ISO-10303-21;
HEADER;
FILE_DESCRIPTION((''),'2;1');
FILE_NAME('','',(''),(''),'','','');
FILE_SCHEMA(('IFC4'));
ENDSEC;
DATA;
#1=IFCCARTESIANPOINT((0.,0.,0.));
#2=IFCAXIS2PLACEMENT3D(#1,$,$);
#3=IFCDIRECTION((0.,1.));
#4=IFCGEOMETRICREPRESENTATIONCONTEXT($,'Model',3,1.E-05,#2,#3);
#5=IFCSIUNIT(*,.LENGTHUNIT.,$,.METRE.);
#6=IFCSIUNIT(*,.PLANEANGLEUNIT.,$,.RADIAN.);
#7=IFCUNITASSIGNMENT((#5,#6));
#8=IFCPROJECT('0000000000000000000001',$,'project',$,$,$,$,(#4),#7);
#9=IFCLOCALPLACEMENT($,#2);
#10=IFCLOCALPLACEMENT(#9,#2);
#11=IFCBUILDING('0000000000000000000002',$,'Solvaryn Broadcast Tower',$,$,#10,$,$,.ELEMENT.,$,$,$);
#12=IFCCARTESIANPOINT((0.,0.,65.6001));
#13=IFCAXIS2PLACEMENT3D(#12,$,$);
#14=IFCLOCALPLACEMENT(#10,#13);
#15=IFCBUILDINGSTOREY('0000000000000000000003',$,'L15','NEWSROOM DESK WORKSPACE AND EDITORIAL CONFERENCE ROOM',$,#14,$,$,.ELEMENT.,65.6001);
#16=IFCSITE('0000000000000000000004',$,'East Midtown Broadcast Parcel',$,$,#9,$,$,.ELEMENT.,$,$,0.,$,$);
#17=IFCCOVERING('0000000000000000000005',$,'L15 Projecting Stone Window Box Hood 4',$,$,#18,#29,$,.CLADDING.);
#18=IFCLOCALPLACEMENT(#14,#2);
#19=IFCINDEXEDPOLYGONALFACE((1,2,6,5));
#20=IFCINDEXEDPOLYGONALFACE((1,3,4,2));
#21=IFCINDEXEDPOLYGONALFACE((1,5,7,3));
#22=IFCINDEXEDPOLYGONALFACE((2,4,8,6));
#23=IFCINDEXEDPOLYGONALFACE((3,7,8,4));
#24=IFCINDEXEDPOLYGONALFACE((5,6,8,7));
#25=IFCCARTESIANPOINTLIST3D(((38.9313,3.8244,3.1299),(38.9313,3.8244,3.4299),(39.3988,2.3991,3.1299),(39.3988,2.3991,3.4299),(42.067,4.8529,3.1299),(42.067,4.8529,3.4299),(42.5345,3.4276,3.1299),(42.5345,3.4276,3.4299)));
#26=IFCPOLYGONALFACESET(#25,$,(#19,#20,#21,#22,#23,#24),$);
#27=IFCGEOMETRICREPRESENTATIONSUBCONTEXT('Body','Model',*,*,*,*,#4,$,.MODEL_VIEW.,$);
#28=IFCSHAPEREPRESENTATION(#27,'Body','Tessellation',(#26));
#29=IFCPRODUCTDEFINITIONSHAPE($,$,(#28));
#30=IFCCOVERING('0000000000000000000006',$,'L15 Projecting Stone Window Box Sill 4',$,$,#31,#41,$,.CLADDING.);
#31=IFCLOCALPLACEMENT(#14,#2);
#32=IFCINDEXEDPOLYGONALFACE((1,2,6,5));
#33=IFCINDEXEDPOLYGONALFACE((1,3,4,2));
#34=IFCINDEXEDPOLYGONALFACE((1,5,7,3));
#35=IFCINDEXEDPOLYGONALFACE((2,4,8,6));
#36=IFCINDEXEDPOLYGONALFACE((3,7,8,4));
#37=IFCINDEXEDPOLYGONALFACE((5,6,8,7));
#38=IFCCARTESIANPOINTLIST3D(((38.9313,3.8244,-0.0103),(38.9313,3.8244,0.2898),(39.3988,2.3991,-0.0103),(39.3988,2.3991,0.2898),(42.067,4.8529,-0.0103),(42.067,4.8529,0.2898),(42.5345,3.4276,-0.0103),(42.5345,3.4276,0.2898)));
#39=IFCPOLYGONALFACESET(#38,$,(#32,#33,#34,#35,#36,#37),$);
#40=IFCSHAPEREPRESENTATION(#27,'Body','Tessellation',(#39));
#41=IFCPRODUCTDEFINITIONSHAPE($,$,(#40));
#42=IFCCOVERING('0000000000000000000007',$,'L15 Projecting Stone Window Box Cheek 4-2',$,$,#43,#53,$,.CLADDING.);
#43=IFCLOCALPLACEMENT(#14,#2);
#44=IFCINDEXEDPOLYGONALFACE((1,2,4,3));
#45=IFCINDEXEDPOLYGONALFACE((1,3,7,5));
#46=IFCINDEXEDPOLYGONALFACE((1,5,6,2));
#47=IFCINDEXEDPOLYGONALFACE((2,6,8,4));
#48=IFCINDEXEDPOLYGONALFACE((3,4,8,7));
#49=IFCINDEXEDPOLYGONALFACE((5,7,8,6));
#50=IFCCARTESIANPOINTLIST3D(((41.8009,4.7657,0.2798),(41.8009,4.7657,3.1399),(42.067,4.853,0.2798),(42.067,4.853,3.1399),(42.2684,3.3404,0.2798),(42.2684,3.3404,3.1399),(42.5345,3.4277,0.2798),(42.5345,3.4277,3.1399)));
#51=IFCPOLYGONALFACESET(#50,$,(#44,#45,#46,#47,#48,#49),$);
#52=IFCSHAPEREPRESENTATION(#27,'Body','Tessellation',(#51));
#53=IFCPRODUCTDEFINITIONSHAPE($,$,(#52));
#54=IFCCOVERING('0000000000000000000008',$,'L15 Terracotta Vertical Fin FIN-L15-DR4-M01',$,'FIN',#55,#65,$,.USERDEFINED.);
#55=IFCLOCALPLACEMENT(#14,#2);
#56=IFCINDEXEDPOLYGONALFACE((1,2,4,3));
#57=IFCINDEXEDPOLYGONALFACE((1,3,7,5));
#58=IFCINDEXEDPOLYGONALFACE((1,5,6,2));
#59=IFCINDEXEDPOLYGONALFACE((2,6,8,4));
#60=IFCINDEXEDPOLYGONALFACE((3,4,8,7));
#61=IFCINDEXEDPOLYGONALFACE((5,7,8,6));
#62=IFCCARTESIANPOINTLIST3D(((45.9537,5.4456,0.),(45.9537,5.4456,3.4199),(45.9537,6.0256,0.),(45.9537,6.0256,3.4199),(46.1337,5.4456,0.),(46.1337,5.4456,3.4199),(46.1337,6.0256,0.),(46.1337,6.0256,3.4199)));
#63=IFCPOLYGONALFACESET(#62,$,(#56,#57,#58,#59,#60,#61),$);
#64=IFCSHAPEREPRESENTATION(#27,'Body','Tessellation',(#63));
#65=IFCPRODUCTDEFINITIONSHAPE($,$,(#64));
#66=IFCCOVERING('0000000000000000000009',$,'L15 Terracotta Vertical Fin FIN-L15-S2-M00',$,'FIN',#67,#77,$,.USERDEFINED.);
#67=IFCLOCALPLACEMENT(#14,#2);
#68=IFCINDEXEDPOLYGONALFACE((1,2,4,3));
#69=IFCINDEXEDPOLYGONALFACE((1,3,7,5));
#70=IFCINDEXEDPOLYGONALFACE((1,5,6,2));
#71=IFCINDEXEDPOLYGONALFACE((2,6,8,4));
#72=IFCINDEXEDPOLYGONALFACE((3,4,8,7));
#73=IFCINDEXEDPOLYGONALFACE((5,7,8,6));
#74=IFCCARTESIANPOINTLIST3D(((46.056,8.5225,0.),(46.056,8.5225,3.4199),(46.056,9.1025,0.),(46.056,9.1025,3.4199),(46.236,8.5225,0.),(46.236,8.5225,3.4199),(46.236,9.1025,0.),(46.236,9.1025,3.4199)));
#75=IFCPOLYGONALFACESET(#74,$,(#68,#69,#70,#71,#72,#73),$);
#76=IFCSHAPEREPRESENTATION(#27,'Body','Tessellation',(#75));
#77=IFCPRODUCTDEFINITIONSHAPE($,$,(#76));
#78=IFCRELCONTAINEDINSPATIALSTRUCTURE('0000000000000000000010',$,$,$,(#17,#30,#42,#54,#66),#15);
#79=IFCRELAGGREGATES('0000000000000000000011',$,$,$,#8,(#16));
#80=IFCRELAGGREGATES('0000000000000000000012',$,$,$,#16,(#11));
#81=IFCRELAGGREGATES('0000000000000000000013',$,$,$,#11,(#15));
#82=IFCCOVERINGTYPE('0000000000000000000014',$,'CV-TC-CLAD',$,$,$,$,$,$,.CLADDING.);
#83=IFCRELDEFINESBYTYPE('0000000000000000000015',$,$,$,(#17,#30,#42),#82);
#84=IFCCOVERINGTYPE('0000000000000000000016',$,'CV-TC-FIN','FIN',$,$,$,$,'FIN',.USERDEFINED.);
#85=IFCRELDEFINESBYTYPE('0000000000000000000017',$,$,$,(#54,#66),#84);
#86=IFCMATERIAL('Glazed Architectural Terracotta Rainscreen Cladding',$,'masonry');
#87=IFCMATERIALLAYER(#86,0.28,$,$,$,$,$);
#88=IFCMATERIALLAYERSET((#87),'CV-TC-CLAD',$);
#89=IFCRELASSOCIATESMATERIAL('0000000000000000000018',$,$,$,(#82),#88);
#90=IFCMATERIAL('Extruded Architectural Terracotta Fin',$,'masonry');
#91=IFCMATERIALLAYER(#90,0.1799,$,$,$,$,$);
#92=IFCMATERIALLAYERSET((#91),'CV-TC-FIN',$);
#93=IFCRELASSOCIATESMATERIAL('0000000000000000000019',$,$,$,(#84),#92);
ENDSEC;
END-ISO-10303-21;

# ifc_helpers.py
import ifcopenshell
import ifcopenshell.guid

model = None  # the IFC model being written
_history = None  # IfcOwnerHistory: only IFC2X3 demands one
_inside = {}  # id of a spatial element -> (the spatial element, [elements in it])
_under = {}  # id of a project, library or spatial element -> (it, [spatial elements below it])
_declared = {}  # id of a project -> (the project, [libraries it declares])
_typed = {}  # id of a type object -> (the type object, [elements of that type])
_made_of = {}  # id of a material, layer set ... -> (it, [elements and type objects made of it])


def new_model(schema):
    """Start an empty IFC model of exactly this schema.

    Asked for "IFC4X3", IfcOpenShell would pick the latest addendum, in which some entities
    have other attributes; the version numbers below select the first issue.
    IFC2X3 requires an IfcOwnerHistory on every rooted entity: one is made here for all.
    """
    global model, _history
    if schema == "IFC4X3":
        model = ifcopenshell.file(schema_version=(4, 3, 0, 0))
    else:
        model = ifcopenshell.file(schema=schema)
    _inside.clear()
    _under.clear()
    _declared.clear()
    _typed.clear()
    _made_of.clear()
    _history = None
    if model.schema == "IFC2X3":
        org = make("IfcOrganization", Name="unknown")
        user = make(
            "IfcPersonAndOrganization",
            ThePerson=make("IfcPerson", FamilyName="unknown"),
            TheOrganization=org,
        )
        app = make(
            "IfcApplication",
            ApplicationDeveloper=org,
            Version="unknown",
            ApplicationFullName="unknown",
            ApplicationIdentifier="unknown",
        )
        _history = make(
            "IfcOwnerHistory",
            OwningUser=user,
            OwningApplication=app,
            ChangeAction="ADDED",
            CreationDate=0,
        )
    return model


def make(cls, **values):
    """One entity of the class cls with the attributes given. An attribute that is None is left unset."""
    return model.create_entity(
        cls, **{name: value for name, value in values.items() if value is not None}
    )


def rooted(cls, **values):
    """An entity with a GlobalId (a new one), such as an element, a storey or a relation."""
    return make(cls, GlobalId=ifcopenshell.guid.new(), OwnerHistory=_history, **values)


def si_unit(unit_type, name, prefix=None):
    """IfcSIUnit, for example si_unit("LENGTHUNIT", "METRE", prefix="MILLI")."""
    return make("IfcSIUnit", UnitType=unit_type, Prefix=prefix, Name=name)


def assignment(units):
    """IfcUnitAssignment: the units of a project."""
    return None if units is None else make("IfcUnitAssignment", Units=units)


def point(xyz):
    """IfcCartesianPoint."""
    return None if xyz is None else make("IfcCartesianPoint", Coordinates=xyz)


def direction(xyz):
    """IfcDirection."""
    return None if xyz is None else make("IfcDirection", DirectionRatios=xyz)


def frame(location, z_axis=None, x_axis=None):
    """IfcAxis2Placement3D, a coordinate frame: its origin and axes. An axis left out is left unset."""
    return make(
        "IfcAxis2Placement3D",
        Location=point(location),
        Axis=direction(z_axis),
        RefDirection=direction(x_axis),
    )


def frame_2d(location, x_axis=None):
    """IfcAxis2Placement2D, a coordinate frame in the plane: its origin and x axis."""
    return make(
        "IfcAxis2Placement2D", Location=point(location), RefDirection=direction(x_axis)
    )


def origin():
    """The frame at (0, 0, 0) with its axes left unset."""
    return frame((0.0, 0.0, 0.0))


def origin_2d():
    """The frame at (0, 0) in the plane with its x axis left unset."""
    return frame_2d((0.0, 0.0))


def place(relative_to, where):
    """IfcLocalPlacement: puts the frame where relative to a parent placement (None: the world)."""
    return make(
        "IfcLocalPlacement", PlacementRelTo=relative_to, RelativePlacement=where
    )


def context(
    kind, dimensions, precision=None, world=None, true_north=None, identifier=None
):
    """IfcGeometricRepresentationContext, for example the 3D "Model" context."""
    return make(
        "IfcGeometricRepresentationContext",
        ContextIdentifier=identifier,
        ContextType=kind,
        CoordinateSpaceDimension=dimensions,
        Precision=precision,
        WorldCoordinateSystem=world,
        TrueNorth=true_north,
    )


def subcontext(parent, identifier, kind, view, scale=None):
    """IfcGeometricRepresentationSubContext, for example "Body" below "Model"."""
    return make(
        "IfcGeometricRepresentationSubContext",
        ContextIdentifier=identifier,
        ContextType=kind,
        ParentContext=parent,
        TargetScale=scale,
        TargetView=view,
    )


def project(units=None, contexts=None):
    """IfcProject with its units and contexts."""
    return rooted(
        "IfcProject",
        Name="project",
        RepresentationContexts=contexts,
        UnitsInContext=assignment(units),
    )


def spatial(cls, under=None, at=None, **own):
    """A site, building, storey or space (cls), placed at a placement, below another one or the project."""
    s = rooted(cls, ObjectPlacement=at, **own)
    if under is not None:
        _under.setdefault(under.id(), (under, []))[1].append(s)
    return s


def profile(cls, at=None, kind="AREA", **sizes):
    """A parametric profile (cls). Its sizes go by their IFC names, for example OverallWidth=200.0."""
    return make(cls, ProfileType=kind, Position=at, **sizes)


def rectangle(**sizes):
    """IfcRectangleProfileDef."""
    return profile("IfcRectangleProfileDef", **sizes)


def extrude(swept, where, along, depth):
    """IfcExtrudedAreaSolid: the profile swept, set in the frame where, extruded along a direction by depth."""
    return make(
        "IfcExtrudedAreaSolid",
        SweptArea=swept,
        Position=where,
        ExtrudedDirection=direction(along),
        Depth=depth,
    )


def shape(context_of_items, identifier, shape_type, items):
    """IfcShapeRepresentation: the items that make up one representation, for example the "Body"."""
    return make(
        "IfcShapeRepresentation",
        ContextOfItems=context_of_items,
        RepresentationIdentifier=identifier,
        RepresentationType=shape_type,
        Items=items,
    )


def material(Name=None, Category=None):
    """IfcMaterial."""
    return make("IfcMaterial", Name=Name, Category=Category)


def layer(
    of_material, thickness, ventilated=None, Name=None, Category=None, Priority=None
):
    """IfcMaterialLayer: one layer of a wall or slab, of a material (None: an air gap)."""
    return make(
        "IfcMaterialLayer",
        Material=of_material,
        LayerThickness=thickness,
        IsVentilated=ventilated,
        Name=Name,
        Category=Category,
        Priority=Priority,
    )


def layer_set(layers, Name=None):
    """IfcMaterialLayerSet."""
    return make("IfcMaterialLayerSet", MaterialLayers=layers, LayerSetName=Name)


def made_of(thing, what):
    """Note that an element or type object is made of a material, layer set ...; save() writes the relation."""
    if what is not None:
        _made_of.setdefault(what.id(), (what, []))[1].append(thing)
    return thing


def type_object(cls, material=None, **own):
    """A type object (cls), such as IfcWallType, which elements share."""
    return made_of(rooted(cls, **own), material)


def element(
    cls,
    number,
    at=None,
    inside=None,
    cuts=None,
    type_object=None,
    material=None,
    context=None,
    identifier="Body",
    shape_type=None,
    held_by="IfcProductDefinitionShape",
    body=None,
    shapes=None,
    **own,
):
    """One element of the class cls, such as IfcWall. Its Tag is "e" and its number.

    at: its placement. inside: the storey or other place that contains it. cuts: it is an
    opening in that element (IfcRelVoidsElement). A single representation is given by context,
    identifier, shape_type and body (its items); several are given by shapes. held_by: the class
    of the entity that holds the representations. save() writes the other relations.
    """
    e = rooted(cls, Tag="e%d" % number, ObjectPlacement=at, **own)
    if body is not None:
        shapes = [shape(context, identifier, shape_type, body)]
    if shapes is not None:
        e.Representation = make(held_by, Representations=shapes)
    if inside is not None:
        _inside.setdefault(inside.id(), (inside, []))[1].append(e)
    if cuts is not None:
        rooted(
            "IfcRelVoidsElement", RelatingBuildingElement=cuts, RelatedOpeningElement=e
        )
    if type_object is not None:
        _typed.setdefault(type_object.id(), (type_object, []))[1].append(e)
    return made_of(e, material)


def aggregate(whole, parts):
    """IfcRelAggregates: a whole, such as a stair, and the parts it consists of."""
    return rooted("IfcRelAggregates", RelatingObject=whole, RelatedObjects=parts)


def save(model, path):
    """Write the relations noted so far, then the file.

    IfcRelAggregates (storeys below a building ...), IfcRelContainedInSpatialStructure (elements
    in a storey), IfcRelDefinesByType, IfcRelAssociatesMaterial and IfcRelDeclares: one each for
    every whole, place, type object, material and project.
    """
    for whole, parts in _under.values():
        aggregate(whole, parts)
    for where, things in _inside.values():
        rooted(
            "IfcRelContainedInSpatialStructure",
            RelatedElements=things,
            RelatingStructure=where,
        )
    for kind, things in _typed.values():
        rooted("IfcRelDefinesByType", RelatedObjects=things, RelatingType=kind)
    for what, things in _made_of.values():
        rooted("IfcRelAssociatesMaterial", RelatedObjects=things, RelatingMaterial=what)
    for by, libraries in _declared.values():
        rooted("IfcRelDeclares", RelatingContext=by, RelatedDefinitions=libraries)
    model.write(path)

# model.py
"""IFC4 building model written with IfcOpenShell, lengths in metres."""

from ifc_helpers import new_model, si_unit, direction, frame, origin, origin_2d, place, context, subcontext, project, spatial, rectangle, extrude, material, layer, layer_set, type_object, element, save


model = new_model("IFC4")

# Units and contexts
model_context = context("Model", 3, precision=1e-05, world=origin(), true_north=direction((0.0, 1.0)))
body_context = subcontext(model_context, "Body", "Model", "MODEL_VIEW")
ifc_project = project(units=[si_unit("LENGTHUNIT", "METRE"), si_unit("PLANEANGLEUNIT", "RADIAN")], contexts=[model_context])

# Site, building, storey
site_placement = place(None, origin())
site = spatial("IfcSite", under=ifc_project, at=site_placement, Name="East Midtown Broadcast Parcel", CompositionType="ELEMENT", RefElevation=0.0)
building_placement = place(site_placement, origin())
building = spatial("IfcBuilding", under=site, at=building_placement, Name="Solvaryn Broadcast Tower", CompositionType="ELEMENT")
storey_placement = place(building_placement, frame((0.0, 0.0, 65.6001)))
storey = spatial("IfcBuildingStorey", under=building, at=storey_placement, Name="L15", Description="NEWSROOM DESK WORKSPACE AND EDITORIAL CONFERENCE ROOM", CompositionType="ELEMENT", Elevation=65.6001)

# Coverings
ifc_material_1 = material(Name="Glazed Architectural Terracotta Rainscreen Cladding", Category="masonry")
ifc_layer_1 = layer(ifc_material_1, 0.28)
ifc_layer_set_1 = layer_set([ifc_layer_1], Name="CV-TC-CLAD")
covering_type_1 = type_object("IfcCoveringType", Name="CV-TC-CLAD", PredefinedType="CLADDING", material=ifc_layer_set_1)
for number, where, z_axis, x_axis, name in (
    (1, (40.7329, 3.626, 3.1299), (0.0, 0.0, 1.0), (0.95019, 0.311672, 0.0), "L15 Projecting Stone Window Box Hood 4"),
    (2, (40.7329, 3.626, -0.0103), (0.0, 0.0, 1.0), (0.95019, 0.311672, 0.0), "L15 Projecting Stone Window Box Sill 4"),
):
    element("IfcCovering", number, at=place(storey_placement, frame(where, z_axis=z_axis, x_axis=x_axis)), inside=storey, type_object=covering_type_1, Name=name, PredefinedType="CLADDING", context=body_context, shape_type="SweptSolid", body=[
        extrude(rectangle(XDim=3.3, YDim=1.5, at=origin_2d()), origin(), (0.0, 0.0, 1.0), 0.3),
    ])
covering_placement = place(storey_placement, frame((42.1677, 4.0967, 0.2798), z_axis=(0.0, 0.0, 1.0), x_axis=(0.95019, 0.311672, 0.0)))
element("IfcCovering", 3, at=covering_placement, inside=storey, type_object=covering_type_1, Name="L15 Projecting Stone Window Box Cheek 4-2", PredefinedType="CLADDING", context=body_context, shape_type="SweptSolid", body=[
    extrude(rectangle(XDim=0.28, YDim=1.5, at=origin_2d()), origin(), (0.0, 0.0, 1.0), 2.8601),
])
ifc_material_2 = material(Name="Extruded Architectural Terracotta Fin", Category="masonry")
ifc_layer_2 = layer(ifc_material_2, 0.1799)
ifc_layer_set_2 = layer_set([ifc_layer_2], Name="CV-TC-FIN")
covering_type_2 = type_object("IfcCoveringType", Name="CV-TC-FIN", Description="FIN", ElementType="FIN", PredefinedType="USERDEFINED", material=ifc_layer_set_2)
for number, where, z_axis, x_axis, name in (
    (4, (46.0437, 5.7356, 0.0), (0.0, 0.0, 1.0), (1.0, 0.0, 0.0), "L15 Terracotta Vertical Fin FIN-L15-DR4-M01"),
    (5, (46.146, 8.8125, 0.0), (0.0, 0.0, 1.0), (1.0, 0.0, 0.0), "L15 Terracotta Vertical Fin FIN-L15-S2-M00"),
):
    element("IfcCovering", number, at=place(storey_placement, frame(where, z_axis=z_axis, x_axis=x_axis)), inside=storey, type_object=covering_type_2, Name=name, ObjectType="FIN", PredefinedType="USERDEFINED", context=body_context, shape_type="SweptSolid", body=[
        extrude(rectangle(XDim=0.1799, YDim=0.5801, at=origin_2d()), origin(), (0.0, 0.0, 1.0), 3.4199),
    ])

save(model, "model.ifc")
